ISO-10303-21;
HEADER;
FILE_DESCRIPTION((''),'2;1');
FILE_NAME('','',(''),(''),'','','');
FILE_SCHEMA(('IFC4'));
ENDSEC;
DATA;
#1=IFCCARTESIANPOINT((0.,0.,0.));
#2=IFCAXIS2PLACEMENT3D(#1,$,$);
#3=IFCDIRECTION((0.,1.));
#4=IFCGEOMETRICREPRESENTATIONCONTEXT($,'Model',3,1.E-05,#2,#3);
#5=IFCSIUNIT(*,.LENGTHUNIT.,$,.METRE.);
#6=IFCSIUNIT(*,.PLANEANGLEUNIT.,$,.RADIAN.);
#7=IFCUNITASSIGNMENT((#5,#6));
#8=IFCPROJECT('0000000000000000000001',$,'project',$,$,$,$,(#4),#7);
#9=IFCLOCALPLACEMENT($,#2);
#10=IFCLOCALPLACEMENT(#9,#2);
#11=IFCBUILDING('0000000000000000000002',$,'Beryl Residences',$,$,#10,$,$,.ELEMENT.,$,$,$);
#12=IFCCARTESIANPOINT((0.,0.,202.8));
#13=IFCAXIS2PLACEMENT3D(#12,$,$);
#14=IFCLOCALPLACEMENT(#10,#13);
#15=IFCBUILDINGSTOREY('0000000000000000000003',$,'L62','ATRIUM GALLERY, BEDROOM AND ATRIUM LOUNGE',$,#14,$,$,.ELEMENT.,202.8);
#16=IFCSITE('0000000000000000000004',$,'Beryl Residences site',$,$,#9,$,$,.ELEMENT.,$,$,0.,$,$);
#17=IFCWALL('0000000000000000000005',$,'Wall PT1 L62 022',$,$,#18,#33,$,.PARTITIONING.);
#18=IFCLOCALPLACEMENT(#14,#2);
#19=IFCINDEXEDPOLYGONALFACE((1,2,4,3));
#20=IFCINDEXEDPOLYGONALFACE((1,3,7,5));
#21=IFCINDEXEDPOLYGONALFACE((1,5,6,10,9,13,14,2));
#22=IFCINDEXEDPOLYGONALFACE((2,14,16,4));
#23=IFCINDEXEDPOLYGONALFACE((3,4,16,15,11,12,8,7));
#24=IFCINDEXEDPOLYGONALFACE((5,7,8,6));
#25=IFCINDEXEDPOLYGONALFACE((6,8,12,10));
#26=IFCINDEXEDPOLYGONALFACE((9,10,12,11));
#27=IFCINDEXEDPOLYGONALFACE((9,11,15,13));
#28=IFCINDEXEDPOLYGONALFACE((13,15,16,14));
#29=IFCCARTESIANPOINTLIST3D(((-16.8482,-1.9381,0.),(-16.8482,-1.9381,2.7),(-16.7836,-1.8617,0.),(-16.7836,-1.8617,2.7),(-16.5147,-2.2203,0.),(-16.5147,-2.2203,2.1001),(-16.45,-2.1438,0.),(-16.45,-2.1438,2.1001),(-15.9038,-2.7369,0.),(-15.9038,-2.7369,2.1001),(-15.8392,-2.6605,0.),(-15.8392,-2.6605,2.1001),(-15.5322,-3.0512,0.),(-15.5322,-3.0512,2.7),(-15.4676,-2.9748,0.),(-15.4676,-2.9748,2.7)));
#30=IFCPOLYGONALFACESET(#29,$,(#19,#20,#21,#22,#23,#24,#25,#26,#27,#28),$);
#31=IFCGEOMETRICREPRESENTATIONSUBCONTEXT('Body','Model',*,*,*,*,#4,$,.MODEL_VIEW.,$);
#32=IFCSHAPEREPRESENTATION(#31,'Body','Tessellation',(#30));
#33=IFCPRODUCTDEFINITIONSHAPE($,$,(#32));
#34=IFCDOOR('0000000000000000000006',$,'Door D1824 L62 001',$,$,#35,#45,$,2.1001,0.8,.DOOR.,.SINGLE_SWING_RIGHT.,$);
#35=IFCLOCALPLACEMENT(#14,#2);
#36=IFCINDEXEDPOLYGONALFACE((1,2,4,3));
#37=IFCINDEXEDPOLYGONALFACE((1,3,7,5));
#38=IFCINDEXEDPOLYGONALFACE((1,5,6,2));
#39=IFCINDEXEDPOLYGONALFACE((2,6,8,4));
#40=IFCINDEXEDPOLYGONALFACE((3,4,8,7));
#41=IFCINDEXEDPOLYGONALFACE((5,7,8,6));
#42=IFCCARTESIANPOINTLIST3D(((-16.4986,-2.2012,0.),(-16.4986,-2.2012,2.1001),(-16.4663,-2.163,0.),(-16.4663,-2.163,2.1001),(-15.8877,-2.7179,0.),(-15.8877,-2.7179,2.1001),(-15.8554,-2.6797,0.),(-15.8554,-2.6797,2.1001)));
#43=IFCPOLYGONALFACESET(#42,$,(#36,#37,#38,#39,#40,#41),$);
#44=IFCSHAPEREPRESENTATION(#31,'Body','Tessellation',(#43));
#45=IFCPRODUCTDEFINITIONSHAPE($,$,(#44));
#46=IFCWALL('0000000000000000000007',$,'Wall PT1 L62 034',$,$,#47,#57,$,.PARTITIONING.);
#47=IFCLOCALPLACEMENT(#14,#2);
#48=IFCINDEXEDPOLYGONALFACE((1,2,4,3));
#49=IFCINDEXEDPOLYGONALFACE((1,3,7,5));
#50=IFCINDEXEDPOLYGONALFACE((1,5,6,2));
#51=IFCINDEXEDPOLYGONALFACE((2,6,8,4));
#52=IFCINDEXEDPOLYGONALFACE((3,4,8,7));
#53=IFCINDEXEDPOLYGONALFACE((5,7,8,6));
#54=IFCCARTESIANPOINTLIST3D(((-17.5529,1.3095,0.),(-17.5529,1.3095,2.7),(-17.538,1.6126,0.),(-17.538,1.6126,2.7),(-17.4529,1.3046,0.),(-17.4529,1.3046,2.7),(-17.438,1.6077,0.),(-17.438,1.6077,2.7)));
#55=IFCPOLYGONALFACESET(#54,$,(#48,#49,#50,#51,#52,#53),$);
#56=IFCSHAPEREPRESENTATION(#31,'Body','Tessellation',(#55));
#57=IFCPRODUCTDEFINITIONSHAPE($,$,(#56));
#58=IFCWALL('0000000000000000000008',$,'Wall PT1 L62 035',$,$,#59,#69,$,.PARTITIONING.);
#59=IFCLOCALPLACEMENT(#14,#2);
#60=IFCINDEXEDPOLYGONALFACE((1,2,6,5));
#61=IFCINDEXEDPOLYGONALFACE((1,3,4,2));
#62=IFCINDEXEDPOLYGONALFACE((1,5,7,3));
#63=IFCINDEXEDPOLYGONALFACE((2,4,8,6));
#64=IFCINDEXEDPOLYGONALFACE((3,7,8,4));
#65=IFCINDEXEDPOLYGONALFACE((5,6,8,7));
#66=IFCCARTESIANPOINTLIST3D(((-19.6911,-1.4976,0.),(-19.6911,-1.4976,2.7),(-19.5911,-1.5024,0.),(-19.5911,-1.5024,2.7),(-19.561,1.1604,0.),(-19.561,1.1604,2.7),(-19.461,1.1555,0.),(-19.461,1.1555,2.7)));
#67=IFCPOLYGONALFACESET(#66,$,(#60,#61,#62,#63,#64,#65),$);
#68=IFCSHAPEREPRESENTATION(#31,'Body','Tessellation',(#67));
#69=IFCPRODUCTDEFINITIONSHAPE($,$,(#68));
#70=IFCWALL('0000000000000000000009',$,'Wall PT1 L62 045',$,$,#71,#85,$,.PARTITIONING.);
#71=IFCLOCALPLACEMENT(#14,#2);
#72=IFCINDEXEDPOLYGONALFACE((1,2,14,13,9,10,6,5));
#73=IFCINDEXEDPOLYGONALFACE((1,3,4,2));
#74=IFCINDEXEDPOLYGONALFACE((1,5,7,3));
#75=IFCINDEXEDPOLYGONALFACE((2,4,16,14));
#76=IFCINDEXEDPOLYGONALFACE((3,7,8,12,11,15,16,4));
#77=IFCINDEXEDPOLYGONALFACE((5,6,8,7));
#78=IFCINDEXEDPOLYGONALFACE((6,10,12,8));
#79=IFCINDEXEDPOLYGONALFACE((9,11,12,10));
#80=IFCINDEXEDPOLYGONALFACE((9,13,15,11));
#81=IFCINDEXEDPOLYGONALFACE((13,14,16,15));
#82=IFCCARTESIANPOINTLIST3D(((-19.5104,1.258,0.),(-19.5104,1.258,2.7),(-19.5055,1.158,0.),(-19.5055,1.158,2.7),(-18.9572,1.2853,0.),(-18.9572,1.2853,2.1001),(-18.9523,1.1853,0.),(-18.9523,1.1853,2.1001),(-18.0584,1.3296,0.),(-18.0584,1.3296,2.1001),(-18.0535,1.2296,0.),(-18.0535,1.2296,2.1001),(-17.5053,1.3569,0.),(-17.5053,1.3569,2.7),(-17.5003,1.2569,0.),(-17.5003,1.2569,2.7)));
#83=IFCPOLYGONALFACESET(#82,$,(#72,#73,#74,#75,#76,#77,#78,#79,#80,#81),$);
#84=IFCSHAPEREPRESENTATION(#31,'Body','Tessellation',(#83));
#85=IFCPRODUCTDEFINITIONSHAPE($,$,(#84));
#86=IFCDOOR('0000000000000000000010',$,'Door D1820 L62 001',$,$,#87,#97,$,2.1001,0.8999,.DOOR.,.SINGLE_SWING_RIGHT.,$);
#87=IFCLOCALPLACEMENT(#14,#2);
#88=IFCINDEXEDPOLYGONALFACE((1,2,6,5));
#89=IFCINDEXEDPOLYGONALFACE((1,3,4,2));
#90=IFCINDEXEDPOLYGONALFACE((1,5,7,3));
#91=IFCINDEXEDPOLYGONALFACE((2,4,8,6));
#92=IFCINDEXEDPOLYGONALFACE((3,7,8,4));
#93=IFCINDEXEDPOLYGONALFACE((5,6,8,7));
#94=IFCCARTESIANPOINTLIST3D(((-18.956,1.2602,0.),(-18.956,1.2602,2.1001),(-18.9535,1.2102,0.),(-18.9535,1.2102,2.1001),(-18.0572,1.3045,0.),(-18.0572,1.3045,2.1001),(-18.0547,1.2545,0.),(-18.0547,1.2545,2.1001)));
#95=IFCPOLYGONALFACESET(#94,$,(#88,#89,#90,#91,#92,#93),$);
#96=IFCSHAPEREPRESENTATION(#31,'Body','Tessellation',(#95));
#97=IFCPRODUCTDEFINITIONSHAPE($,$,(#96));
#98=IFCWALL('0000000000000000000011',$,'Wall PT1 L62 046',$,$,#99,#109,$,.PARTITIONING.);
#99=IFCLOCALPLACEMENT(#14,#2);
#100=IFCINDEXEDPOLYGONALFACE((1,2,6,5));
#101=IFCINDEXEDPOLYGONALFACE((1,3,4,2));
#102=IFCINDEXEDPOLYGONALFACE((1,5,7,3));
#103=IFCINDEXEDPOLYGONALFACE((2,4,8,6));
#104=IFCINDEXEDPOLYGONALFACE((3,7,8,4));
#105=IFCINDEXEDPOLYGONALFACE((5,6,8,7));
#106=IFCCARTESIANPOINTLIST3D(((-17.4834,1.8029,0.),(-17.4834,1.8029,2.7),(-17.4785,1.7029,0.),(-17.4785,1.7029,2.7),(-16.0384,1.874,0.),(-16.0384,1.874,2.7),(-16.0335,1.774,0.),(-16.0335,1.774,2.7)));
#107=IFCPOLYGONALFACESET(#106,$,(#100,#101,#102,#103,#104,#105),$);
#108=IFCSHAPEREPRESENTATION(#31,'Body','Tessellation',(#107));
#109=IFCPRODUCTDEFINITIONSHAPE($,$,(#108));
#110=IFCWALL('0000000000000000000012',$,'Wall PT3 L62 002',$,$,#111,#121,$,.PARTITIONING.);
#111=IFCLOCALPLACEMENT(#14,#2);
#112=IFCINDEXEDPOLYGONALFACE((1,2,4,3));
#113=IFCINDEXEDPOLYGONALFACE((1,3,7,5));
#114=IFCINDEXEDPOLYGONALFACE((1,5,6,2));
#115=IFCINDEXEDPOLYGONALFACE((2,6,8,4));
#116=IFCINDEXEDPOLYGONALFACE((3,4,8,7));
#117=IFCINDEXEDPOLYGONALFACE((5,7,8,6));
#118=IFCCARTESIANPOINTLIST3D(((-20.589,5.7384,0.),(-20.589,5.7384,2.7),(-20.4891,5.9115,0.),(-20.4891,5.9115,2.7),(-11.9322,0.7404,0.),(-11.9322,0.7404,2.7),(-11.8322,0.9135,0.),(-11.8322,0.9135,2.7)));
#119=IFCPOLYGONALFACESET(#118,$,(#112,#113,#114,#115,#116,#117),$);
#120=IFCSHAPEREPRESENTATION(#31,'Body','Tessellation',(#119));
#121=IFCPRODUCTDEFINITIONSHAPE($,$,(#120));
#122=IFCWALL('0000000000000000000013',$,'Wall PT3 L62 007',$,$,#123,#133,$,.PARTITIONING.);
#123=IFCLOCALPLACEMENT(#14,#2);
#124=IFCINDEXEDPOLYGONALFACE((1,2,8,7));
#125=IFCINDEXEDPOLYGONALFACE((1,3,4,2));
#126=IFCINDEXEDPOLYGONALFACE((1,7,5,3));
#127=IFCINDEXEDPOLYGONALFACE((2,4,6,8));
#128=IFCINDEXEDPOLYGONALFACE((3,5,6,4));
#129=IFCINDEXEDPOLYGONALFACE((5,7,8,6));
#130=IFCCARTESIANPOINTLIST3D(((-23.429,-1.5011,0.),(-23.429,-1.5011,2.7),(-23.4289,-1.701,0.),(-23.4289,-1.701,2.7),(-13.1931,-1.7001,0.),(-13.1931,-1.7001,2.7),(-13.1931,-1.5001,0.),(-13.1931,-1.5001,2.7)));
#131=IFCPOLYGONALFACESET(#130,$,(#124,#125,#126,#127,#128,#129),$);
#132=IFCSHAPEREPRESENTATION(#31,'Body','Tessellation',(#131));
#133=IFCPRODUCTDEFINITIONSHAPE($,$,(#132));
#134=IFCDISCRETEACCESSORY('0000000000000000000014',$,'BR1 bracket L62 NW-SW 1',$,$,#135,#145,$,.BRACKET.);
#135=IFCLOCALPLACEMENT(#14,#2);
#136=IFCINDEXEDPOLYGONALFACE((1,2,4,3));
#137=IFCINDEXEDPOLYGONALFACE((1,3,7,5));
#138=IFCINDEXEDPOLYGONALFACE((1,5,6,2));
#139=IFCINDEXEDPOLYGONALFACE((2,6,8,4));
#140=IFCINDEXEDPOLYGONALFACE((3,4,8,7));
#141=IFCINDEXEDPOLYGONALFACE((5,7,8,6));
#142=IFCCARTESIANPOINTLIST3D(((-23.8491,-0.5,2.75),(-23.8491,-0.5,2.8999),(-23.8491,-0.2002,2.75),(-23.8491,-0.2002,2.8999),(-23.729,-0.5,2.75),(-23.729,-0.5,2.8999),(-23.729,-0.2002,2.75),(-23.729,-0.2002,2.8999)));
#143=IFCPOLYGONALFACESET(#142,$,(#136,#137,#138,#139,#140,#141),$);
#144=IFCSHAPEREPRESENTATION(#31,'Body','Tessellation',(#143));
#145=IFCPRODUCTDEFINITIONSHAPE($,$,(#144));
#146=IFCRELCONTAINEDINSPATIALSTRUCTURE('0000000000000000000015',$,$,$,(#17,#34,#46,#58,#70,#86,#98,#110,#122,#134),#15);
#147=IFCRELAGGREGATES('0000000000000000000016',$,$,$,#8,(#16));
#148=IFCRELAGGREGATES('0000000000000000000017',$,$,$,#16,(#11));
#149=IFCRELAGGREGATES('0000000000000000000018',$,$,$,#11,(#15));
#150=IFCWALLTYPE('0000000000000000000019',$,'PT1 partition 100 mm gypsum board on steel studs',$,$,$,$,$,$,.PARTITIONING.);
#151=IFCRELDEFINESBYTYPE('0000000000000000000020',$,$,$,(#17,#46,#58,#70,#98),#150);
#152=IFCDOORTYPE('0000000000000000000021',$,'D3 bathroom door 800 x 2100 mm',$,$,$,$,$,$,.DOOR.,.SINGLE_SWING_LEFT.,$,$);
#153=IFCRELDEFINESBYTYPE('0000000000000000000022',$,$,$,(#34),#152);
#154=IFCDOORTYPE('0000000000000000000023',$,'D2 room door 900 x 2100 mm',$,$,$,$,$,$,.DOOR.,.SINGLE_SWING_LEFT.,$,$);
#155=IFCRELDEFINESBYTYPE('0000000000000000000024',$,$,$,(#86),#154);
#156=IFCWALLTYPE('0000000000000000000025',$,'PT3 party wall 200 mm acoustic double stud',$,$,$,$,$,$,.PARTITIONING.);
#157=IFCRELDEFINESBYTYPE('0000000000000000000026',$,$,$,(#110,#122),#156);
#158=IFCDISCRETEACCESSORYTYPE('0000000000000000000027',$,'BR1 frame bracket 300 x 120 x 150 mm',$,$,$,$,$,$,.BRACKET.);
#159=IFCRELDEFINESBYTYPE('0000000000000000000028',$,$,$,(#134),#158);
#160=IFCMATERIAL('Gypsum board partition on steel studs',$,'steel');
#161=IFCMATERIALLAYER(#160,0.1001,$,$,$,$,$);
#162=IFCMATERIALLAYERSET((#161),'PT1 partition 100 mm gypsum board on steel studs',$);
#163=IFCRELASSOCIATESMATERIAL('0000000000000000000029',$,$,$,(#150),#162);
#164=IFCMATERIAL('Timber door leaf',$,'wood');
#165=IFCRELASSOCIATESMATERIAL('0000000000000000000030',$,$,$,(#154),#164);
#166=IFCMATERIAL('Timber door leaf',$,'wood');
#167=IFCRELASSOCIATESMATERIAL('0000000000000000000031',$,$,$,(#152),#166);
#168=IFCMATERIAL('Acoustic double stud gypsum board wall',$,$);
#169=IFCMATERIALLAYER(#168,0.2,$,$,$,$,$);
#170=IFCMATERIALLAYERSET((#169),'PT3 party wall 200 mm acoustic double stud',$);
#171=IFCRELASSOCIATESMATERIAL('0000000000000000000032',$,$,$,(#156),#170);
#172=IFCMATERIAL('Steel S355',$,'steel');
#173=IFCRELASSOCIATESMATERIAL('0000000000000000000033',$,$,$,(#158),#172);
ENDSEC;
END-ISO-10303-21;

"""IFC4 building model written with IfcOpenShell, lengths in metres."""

from ifc_helpers import new_model, si_unit, direction, frame, frame_2d, origin, place, context, subcontext, project, spatial, polyline, rectangle, outline, extrude, source, transform, mapped, material, layer, layer_set, type_object, type_shapes, element, fill, save


model = new_model("IFC4")

# Units and contexts
model_context = context("Model", 3, precision=1e-05, world=origin(), true_north=direction((0.0, 1.0)))
body_context = subcontext(model_context, "Body", "Model", "MODEL_VIEW")
ifc_project = project(units=[si_unit("LENGTHUNIT", "METRE"), si_unit("PLANEANGLEUNIT", "RADIAN")], contexts=[model_context])

# Site, building, storey
site_placement = place(None, origin())
site = spatial("IfcSite", under=ifc_project, at=site_placement, Name="Beryl Residences site", CompositionType="ELEMENT", RefElevation=0.0)
building_placement = place(site_placement, origin())
building = spatial("IfcBuilding", under=site, at=building_placement, Name="Beryl Residences", CompositionType="ELEMENT")
storey_placement = place(building_placement, frame((0.0, 0.0, 202.8)))
storey = spatial("IfcBuildingStorey", under=building, at=storey_placement, Name="L62", Description="ATRIUM GALLERY, BEDROOM AND ATRIUM LOUNGE", CompositionType="ELEMENT", Elevation=202.8)

# Wall, opening, door
ifc_material_1 = material(Name="Gypsum board partition on steel studs", Category="steel")
ifc_layer_1 = layer(ifc_material_1, 0.1001)
ifc_layer_set_1 = layer_set([ifc_layer_1], Name="PT1 partition 100 mm gypsum board on steel studs")
wall_type_1 = type_object("IfcWallType", Name="PT1 partition 100 mm gypsum board on steel studs", PredefinedType="PARTITIONING", material=ifc_layer_set_1)
ifc_material_2 = material(Name="Timber door leaf", Category="wood")
door_type_1 = type_object("IfcDoorType", Name="D2 room door 900 x 2100 mm", OperationType="SINGLE_SWING_LEFT", PredefinedType="DOOR", material=ifc_material_2)
ifc_material_3 = material(Name="Timber door leaf", Category="wood")
door_type_2 = type_object("IfcDoorType", Name="D3 bathroom door 800 x 2100 mm", OperationType="SINGLE_SWING_LEFT", PredefinedType="DOOR", material=ifc_material_3)
wall_1_placement = place(storey_placement, frame((-16.8159, -1.8999, 0.0), z_axis=(0.0, 0.0, 1.0), x_axis=(0.76351, -0.645796, 0.0)))
wall_1 = element("IfcWall", 1, at=wall_1_placement, inside=storey, type_object=wall_type_1, Name="Wall PT1 L62 022", PredefinedType="PARTITIONING", context=body_context, shape_type="SweptSolid", body=[
    extrude(rectangle(XDim=1.7236, YDim=0.1001, at=frame_2d((0.8618, 0.0))), origin(), (0.0, 0.0, 1.0), 2.7),
])
opening_1_placement = place(wall_1_placement, frame((0.437, 0.0, 0.0)))
opening_1 = element("IfcOpeningElement", 2, at=opening_1_placement, cuts=wall_1, PredefinedType="OPENING", context=body_context, shape_type="SweptSolid", body=[
    extrude(rectangle(XDim=0.8, YDim=2.1001, at=frame_2d((0.3999, 1.05))), frame((0.0, 0.0601, 0.0), z_axis=(0.0, -1.0, 0.0), x_axis=(1.0, 0.0, 0.0)), (0.0, 0.0, 1.0), 0.1201),
])
door_1_placement = place(opening_1_placement, origin())
door_1 = element("IfcDoor", 3, at=door_1_placement, inside=storey, type_object=door_type_2, Name="Door D1824 L62 001", OperationType="SINGLE_SWING_RIGHT", OverallHeight=2.1001, OverallWidth=0.8, PredefinedType="DOOR", context=body_context, shape_type="SweptSolid", body=[
    extrude(rectangle(XDim=0.8, YDim=2.1001, at=frame_2d((0.3999, 1.05))), frame((0.0, 0.0249, 0.0), z_axis=(0.0, -1.0, 0.0), x_axis=(1.0, 0.0, 0.0)), (0.0, 0.0, 1.0), 0.05),
])
fill(opening_1, door_1)

# Walls
wall_2_placement = place(storey_placement, frame((-17.5029, 1.3069, 0.0), z_axis=(0.0, 0.0, 1.0), x_axis=(0.049055, 0.998796, 0.0)))
element("IfcWall", 4, at=wall_2_placement, inside=storey, type_object=wall_type_1, Name="Wall PT1 L62 034", PredefinedType="PARTITIONING", context=body_context, shape_type="SweptSolid", body=[
    extrude(rectangle(XDim=0.3035, YDim=0.1001, at=frame_2d((0.1519, 0.0))), origin(), (0.0, 0.0, 1.0), 2.7),
])
wall_3_placement = place(storey_placement, frame((-19.6411, -1.5, 0.0), z_axis=(0.0, 0.0, 1.0), x_axis=(0.048899, 0.998804, 0.0)))
element("IfcWall", 5, at=wall_3_placement, inside=storey, type_object=wall_type_1, Name="Wall PT1 L62 035", PredefinedType="PARTITIONING", context=body_context, shape_type="SweptSolid", body=[
    extrude(rectangle(XDim=2.6611, YDim=0.1001, at=frame_2d((1.3306, 0.0))), origin(), (0.0, 0.0, 1.0), 2.7),
])

# Wall, opening, door
wall_4_placement = place(storey_placement, frame((-19.5081, 1.208, 0.0), z_axis=(0.0, 0.0, 1.0), x_axis=(0.998786, 0.049252, 0.0)))
wall_4 = element("IfcWall", 6, at=wall_4_placement, inside=storey, type_object=wall_type_1, Name="Wall PT1 L62 045", PredefinedType="PARTITIONING", context=body_context, shape_type="SweptSolid", body=[
    extrude(rectangle(XDim=2.0076, YDim=0.1001, at=frame_2d((1.0039, 0.0))), origin(), (0.0, 0.0, 1.0), 2.7),
])
opening_2_placement = place(wall_4_placement, frame((0.554, 0.0, 0.0)))
opening_2 = element("IfcOpeningElement", 7, at=opening_2_placement, cuts=wall_4, PredefinedType="OPENING", context=body_context, shape_type="SweptSolid", body=[
    extrude(rectangle(XDim=0.8999, YDim=2.1001, at=frame_2d((0.45, 1.05))), frame((0.0, 0.0601, 0.0), z_axis=(0.0, -1.0, 0.0), x_axis=(1.0, 0.0, 0.0)), (0.0, 0.0, 1.0), 0.1201),
])
door_2_placement = place(opening_2_placement, origin())
door_2 = element("IfcDoor", 8, at=door_2_placement, inside=storey, type_object=door_type_1, Name="Door D1820 L62 001", OperationType="SINGLE_SWING_RIGHT", OverallHeight=2.1001, OverallWidth=0.8999, PredefinedType="DOOR", context=body_context, shape_type="SweptSolid", body=[
    extrude(rectangle(XDim=0.8999, YDim=2.1001, at=frame_2d((0.45, 1.05))), frame((0.0, 0.0249, 0.0), z_axis=(0.0, -1.0, 0.0), x_axis=(1.0, 0.0, 0.0)), (0.0, 0.0, 1.0), 0.05),
])
fill(opening_2, door_2)

# Walls
wall_5_placement = place(storey_placement, frame((-17.481, 1.7529, 0.0), z_axis=(0.0, 0.0, 1.0), x_axis=(0.998794, 0.049104, 0.0)))
element("IfcWall", 9, at=wall_5_placement, inside=storey, type_object=wall_type_1, Name="Wall PT1 L62 046", PredefinedType="PARTITIONING", context=body_context, shape_type="SweptSolid", body=[
    extrude(rectangle(XDim=1.4468, YDim=0.1001, at=frame_2d((0.7234, 0.0))), origin(), (0.0, 0.0, 1.0), 2.7),
])
ifc_material_4 = material(Name="Acoustic double stud gypsum board wall")
ifc_layer_2 = layer(ifc_material_4, 0.2)
ifc_layer_set_2 = layer_set([ifc_layer_2], Name="PT3 party wall 200 mm acoustic double stud")
wall_type_2 = type_object("IfcWallType", Name="PT3 party wall 200 mm acoustic double stud", PredefinedType="PARTITIONING", material=ifc_layer_set_2)
wall_6_placement = place(storey_placement, frame((-20.5391, 5.825, 0.0), z_axis=(0.0, 0.0, 1.0), x_axis=(0.866028, -0.499995, 0.0)))
element("IfcWall", 10, at=wall_6_placement, inside=storey, type_object=wall_type_2, Name="Wall PT3 L62 002", PredefinedType="PARTITIONING", context=body_context, shape_type="SweptSolid", body=[
    extrude(rectangle(XDim=9.9961, YDim=0.2, at=frame_2d((4.998, 0.0))), origin(), (0.0, 0.0, 1.0), 2.7),
])
wall_7_placement = place(storey_placement, frame((-23.429, -1.6011, 0.0), z_axis=(0.0, 0.0, 1.0), x_axis=(1.0, 0.000095, 0.0)))
element("IfcWall", 11, at=wall_7_placement, inside=storey, type_object=wall_type_2, Name="Wall PT3 L62 007", PredefinedType="PARTITIONING", context=body_context, shape_type="SweptSolid", body=[
    extrude(rectangle(XDim=10.2358, YDim=0.2, at=frame_2d((5.1179, 0.0))), origin(), (0.0, 0.0, 1.0), 2.7),
])

# Discrete accessory
ifc_material_5 = material(Name="Steel S355", Category="steel")
discrete_accessory_type = type_object("IfcDiscreteAccessoryType", Name="BR1 frame bracket 300 x 120 x 150 mm", PredefinedType="BRACKET", material=ifc_material_5)
shared_shape_1 = source(origin(), body_context, "Body", "SweptSolid", [
    extrude(outline(polyline([(-0.1499, 0.0), (0.1499, 0.0), (0.1499, 0.1201), (-0.1499, 0.1201), (-0.1499, 0.0)])), origin(), (0.0, 0.0, 1.0), 0.1499),
])
type_shapes(discrete_accessory_type, [shared_shape_1])
discrete_accessory_placement = place(storey_placement, frame((-23.729, -0.3501, 2.75), z_axis=(0.0, 0.0, 1.0), x_axis=(0.0, 1.0, 0.0)))
element("IfcDiscreteAccessory", 12, at=discrete_accessory_placement, inside=storey, type_object=discrete_accessory_type, Name="BR1 bracket L62 NW-SW 1", PredefinedType="BRACKET", context=body_context, shape_type="MappedRepresentation", body=[
    mapped(shared_shape_1, transform((0.0, 0.0, 0.0))),
])

save(model, "model.ifc")
